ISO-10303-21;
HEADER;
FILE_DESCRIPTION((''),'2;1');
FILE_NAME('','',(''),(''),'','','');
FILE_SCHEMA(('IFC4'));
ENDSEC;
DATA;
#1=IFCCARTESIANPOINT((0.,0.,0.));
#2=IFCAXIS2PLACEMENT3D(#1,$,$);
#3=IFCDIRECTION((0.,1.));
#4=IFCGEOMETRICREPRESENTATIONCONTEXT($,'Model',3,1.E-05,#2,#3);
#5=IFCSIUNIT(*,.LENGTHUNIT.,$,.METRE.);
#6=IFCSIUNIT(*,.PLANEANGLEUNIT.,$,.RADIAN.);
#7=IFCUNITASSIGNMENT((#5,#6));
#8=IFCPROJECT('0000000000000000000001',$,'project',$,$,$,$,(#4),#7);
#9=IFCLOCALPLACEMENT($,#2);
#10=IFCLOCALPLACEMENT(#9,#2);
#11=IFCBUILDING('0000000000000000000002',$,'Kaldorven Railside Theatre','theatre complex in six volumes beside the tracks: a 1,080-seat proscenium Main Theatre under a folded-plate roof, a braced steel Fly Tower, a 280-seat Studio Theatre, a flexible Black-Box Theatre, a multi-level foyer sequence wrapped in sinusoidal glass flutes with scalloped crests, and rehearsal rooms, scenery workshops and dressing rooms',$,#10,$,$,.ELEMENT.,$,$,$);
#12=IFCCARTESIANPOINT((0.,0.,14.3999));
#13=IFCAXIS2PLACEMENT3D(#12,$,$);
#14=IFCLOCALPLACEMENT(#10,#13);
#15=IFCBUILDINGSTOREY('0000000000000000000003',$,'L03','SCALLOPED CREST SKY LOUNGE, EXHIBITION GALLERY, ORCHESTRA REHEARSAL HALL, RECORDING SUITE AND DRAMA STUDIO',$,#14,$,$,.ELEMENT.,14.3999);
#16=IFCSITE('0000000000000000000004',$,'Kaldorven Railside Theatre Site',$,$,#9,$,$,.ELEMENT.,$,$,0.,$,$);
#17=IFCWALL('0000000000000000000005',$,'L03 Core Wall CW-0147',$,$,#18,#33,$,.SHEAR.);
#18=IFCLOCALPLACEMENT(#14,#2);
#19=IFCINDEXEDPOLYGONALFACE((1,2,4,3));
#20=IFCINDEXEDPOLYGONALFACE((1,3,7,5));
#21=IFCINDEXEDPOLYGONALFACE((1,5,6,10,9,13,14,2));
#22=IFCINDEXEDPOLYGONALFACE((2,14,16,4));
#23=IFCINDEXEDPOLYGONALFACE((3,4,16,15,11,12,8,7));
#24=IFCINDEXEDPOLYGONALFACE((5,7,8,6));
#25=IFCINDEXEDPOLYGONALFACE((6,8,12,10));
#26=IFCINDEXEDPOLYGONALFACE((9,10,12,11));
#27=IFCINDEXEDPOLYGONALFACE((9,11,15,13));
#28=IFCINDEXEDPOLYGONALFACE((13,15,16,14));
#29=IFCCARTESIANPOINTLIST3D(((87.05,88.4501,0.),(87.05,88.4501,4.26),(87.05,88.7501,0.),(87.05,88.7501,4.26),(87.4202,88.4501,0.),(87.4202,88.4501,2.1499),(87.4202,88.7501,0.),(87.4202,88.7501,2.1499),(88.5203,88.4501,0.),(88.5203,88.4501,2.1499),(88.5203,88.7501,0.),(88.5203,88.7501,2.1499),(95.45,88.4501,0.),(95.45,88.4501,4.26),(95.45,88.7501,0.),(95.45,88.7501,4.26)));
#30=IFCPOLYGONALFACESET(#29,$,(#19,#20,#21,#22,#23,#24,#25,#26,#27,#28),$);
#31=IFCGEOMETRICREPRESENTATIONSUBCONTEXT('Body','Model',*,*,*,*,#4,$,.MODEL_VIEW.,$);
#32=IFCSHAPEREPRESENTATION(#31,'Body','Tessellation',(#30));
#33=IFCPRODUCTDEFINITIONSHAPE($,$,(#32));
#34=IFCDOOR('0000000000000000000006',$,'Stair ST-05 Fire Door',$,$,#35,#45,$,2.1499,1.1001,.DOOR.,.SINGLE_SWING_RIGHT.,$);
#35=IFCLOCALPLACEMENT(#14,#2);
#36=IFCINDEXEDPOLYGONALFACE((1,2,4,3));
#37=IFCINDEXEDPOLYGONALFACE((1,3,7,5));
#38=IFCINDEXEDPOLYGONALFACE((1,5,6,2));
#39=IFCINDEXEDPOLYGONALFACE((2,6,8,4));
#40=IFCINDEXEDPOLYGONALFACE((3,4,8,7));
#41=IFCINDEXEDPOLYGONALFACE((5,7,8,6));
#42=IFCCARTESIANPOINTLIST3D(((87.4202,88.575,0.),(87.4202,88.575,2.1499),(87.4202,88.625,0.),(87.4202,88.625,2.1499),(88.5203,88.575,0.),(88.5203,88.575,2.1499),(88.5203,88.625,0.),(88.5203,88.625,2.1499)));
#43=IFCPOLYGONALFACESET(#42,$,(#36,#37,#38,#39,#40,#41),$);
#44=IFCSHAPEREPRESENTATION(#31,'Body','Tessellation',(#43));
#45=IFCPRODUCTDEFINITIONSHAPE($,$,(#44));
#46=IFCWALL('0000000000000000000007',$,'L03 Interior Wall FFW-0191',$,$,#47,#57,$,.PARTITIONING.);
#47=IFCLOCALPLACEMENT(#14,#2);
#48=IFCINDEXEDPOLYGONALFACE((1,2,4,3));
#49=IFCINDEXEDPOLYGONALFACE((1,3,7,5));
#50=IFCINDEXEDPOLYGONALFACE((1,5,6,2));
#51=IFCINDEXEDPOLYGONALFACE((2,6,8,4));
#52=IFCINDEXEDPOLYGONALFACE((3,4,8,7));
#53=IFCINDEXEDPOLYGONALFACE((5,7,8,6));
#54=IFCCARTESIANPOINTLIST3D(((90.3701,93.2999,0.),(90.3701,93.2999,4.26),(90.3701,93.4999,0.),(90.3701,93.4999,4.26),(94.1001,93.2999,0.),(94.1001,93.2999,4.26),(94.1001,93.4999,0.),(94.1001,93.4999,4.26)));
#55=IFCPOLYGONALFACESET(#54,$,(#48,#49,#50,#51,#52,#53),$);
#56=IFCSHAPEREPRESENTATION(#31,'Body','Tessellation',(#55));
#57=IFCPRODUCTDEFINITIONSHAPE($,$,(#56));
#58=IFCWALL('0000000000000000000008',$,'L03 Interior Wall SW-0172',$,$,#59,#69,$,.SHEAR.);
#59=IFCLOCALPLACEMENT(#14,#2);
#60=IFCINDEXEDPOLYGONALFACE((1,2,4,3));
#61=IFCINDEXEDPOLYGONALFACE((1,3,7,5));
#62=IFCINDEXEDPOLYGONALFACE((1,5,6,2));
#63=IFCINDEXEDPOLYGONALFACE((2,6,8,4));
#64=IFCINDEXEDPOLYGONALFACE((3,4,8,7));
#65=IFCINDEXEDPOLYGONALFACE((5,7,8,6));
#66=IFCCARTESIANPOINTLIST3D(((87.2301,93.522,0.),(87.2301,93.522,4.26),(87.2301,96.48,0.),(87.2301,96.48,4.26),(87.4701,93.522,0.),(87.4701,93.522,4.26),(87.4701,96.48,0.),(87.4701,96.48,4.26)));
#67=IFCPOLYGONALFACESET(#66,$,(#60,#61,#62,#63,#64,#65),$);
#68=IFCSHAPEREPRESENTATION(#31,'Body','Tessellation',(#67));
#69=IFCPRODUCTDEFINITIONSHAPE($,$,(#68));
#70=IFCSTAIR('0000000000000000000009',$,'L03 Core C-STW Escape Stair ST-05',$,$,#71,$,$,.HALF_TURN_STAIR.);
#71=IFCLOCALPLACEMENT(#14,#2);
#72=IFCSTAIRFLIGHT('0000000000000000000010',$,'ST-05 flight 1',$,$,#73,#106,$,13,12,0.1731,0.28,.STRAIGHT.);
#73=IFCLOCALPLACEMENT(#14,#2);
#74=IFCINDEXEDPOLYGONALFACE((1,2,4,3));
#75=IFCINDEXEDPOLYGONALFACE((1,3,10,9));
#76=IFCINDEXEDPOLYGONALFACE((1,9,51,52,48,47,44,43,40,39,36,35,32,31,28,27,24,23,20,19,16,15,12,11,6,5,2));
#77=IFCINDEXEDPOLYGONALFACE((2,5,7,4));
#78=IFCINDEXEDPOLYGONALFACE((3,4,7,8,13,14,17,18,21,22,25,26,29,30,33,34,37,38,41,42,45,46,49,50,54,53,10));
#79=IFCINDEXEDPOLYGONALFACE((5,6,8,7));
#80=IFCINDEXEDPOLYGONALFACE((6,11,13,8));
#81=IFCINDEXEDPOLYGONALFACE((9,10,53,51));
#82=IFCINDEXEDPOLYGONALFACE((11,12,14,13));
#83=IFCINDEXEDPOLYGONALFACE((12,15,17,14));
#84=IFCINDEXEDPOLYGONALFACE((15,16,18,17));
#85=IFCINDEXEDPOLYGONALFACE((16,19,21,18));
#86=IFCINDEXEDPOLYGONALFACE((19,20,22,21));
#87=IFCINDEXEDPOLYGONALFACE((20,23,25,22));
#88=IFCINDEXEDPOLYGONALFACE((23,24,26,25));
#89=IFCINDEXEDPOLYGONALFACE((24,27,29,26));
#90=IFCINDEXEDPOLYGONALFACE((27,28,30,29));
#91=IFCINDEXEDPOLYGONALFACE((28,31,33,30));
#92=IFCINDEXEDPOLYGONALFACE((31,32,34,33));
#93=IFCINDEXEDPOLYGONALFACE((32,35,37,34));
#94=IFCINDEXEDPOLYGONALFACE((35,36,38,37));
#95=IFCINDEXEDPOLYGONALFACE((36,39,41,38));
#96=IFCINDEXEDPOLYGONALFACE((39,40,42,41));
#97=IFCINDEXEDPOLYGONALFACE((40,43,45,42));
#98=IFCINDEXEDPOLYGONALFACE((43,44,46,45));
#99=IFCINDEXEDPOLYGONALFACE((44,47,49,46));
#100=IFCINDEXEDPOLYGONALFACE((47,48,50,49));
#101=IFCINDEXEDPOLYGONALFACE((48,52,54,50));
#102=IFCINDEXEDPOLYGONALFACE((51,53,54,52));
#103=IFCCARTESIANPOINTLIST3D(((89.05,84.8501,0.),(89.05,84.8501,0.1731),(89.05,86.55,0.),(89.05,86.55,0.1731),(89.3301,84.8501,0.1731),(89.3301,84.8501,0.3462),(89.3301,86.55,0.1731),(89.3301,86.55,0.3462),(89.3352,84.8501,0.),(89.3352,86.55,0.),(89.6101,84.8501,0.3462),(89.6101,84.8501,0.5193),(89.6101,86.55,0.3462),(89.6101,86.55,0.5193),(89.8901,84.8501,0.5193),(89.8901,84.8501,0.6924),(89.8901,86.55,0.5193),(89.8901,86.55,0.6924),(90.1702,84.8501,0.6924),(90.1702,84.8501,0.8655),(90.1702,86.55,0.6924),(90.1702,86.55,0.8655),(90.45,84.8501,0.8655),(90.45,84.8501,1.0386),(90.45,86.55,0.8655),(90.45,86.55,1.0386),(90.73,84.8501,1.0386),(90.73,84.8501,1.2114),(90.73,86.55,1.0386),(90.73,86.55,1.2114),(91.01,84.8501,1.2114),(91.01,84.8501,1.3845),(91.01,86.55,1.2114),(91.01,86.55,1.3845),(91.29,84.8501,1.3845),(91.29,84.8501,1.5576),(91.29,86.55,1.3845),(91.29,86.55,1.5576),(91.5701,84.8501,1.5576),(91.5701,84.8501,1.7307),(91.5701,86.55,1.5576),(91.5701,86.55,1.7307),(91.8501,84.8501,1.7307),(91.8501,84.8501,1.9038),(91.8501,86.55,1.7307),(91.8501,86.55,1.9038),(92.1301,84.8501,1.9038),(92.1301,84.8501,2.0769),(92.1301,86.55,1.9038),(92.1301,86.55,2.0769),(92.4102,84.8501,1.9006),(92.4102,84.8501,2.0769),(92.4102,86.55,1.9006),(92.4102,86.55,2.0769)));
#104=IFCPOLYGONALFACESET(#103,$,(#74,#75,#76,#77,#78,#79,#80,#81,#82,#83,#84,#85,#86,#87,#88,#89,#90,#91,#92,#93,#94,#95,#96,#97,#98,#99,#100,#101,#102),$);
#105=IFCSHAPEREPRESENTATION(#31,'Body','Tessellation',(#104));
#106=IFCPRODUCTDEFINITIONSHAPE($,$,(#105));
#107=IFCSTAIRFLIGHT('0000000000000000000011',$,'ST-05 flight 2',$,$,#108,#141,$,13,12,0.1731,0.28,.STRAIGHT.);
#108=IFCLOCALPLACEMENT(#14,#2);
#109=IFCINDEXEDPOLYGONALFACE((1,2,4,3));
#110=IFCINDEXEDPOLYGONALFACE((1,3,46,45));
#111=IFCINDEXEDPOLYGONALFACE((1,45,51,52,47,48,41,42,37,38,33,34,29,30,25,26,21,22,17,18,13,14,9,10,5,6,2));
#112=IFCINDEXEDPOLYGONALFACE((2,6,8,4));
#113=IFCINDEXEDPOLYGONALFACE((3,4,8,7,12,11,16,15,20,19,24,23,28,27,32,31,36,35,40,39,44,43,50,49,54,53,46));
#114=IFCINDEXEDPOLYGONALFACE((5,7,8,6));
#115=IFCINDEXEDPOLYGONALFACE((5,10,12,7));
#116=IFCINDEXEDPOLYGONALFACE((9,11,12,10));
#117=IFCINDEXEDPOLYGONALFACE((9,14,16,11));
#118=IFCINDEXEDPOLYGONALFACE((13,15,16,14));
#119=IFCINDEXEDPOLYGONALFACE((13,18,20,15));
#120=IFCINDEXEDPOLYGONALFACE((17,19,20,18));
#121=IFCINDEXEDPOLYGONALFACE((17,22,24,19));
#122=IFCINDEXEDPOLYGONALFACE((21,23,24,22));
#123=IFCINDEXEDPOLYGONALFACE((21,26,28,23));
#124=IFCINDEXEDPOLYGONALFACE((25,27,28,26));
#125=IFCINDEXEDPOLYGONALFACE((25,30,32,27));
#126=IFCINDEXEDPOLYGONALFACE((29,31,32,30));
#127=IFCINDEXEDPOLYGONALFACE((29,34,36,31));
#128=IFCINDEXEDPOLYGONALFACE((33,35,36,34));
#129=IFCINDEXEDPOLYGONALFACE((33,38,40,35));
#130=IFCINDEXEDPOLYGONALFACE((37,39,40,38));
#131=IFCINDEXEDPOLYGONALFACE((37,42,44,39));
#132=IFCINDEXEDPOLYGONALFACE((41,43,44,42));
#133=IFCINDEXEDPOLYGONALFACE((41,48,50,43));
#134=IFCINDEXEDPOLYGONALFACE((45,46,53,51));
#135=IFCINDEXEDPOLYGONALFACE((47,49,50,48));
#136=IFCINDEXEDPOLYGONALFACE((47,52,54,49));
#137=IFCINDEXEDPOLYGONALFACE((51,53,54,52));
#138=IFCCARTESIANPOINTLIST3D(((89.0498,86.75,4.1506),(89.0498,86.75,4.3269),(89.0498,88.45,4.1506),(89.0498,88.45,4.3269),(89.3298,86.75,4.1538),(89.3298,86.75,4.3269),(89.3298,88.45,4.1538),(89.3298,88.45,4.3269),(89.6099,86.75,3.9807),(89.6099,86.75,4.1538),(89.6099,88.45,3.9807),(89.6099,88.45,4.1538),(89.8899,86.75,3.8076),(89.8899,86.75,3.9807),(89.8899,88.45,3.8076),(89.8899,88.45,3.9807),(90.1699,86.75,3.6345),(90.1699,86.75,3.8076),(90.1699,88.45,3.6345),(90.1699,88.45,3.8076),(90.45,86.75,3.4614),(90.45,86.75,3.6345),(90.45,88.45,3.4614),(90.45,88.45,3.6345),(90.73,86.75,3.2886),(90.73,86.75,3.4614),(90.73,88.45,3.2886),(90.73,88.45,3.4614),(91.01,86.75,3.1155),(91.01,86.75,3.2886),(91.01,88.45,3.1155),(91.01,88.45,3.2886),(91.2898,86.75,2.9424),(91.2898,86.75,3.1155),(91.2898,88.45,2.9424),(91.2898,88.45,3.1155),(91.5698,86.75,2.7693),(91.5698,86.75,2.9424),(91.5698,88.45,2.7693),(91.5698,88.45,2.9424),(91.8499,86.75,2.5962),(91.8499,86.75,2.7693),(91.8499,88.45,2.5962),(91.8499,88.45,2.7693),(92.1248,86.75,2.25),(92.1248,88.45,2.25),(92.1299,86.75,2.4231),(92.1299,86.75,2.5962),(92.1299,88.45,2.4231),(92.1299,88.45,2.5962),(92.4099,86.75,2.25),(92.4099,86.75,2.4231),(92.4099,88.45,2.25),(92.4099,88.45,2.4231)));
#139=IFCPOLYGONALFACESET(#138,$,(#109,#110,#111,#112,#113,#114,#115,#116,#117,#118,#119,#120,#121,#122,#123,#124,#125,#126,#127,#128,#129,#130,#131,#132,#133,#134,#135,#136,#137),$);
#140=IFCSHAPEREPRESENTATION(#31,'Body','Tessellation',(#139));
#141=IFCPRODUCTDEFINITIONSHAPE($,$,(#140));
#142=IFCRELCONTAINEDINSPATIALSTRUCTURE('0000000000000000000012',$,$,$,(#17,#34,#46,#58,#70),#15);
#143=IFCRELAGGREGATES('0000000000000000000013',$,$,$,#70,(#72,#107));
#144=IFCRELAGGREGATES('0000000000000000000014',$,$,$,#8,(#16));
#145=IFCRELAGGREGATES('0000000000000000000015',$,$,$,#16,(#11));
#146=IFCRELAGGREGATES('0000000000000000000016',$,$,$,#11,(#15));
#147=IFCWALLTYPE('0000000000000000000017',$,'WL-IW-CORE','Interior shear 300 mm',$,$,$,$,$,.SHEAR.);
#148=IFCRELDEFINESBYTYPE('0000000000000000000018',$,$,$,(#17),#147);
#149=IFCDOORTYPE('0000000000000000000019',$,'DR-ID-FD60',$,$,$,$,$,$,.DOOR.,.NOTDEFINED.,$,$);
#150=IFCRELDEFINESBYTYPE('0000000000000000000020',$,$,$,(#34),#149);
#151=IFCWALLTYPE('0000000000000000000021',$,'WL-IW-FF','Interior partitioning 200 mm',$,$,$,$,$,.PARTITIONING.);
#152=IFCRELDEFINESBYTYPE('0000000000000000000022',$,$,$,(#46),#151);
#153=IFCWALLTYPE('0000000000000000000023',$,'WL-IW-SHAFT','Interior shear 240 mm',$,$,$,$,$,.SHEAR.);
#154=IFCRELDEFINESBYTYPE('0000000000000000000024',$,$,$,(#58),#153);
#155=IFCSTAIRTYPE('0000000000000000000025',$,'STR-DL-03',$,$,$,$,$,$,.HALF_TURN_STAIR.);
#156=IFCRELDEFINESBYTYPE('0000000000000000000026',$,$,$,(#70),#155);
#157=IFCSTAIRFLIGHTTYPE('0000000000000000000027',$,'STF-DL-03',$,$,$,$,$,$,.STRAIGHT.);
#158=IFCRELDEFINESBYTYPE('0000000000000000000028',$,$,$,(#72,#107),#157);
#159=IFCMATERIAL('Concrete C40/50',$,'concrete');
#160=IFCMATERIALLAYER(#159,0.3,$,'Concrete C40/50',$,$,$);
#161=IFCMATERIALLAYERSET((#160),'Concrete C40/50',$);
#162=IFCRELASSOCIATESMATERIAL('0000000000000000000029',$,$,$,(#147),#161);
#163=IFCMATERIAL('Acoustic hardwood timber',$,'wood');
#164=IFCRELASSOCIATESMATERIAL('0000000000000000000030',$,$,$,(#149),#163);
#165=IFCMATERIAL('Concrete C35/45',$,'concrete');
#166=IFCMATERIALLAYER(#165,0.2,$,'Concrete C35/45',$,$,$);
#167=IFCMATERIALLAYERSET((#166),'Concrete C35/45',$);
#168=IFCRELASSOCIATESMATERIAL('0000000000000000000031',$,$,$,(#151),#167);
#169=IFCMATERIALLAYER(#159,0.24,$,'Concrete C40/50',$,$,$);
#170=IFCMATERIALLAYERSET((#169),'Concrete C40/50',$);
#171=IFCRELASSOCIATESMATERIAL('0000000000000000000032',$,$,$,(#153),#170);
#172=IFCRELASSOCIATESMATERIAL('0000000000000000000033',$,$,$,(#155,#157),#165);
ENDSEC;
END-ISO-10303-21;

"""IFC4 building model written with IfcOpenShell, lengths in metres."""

from ifc_helpers import new_model, si_unit, direction, frame, frame_2d, origin, place, context, subcontext, project, spatial, polyline, rectangle, outline, extrude, material, layer, layer_set, type_object, element, fill, aggregate, save


model = new_model("IFC4")

# Units and contexts
model_context = context("Model", 3, precision=1e-05, world=origin(), true_north=direction((0.0, 1.0)))
body_context = subcontext(model_context, "Body", "Model", "MODEL_VIEW")
ifc_project = project(units=[si_unit("LENGTHUNIT", "METRE"), si_unit("PLANEANGLEUNIT", "RADIAN")], contexts=[model_context])

# Site, building, storey
site_placement = place(None, origin())
site = spatial("IfcSite", under=ifc_project, at=site_placement, Name="Kaldorven Railside Theatre Site", CompositionType="ELEMENT", RefElevation=0.0)
building_placement = place(site_placement, origin())
building = spatial("IfcBuilding", under=site, at=building_placement, Name="Kaldorven Railside Theatre", Description="theatre complex in six volumes beside the tracks: a 1,080-seat proscenium Main Theatre under a folded-plate roof, a braced steel Fly Tower, a 280-seat Studio Theatre, a flexible Black-Box Theatre, a multi-level foyer sequence wrapped in sinusoidal glass flutes with scalloped crests, and rehearsal rooms, scenery workshops and dressing rooms", CompositionType="ELEMENT")
storey_placement = place(building_placement, frame((0.0, 0.0, 14.3999)))
storey = spatial("IfcBuildingStorey", under=building, at=storey_placement, Name="L03", Description="SCALLOPED CREST SKY LOUNGE, EXHIBITION GALLERY, ORCHESTRA REHEARSAL HALL, RECORDING SUITE AND DRAMA STUDIO", CompositionType="ELEMENT", Elevation=14.3999)

# Shared definitions
ifc_material_1 = material(Name="Concrete C40/50", Category="concrete")
ifc_layer_1 = layer(ifc_material_1, 0.3, Name="Concrete C40/50")
ifc_layer_set_1 = layer_set([ifc_layer_1], Name="Concrete C40/50")
wall_type_1 = type_object("IfcWallType", Name="WL-IW-CORE", Description="Interior shear 300 mm", PredefinedType="SHEAR", material=ifc_layer_set_1)

# Wall, opening, door
wall_1_placement = place(storey_placement, frame((87.05, 88.6001, 0.0), z_axis=(0.0, 0.0, 1.0), x_axis=(1.0, 0.0, 0.0)))
wall_1 = element("IfcWall", 1, at=wall_1_placement, inside=storey, type_object=wall_type_1, Name="L03 Core Wall CW-0147", PredefinedType="SHEAR", context=body_context, shape_type="SweptSolid", body=[
    extrude(rectangle(XDim=8.3999, YDim=0.3, at=frame_2d((4.2, 0.0))), origin(), (0.0, 0.0, 1.0), 4.26),
])
opening_1_placement = place(wall_1_placement, frame((0.3701, 0.0, 0.0)))
opening_1 = element("IfcOpeningElement", 2, at=opening_1_placement, cuts=wall_1, PredefinedType="OPENING", context=body_context, shape_type="SweptSolid", body=[
    extrude(rectangle(XDim=1.1001, YDim=2.1499, at=frame_2d((0.55, 1.075))), frame((0.0, 0.1602, 0.0), z_axis=(0.0, -1.0, 0.0), x_axis=(1.0, 0.0, 0.0)), (0.0, 0.0, 1.0), 0.3201),
])
ifc_material_2 = material(Name="Acoustic hardwood timber", Category="wood")
door_type_1 = type_object("IfcDoorType", Name="DR-ID-FD60", OperationType="NOTDEFINED", PredefinedType="DOOR", material=ifc_material_2)
door_1_placement = place(opening_1_placement, origin())
door_1 = element("IfcDoor", 3, at=door_1_placement, inside=storey, type_object=door_type_1, Name="Stair ST-05 Fire Door", OperationType="SINGLE_SWING_RIGHT", OverallHeight=2.1499, OverallWidth=1.1001, PredefinedType="DOOR", context=body_context, shape_type="SweptSolid", body=[
    extrude(rectangle(XDim=1.1001, YDim=2.1499, at=frame_2d((0.55, 1.075))), frame((0.0, 0.0249, 0.0), z_axis=(0.0, -1.0, 0.0), x_axis=(1.0, 0.0, 0.0)), (0.0, 0.0, 1.0), 0.05),
])
fill(opening_1, door_1)

# Wall
ifc_material_3 = material(Name="Concrete C35/45", Category="concrete")
ifc_layer_2 = layer(ifc_material_3, 0.2, Name="Concrete C35/45")
ifc_layer_set_2 = layer_set([ifc_layer_2], Name="Concrete C35/45")
wall_type_2 = type_object("IfcWallType", Name="WL-IW-FF", Description="Interior partitioning 200 mm", PredefinedType="PARTITIONING", material=ifc_layer_set_2)
wall_2_placement = place(storey_placement, frame((90.3701, 93.3999, 0.0), z_axis=(0.0, 0.0, 1.0), x_axis=(1.0, 0.0, 0.0)))
element("IfcWall", 4, at=wall_2_placement, inside=storey, type_object=wall_type_2, Name="L03 Interior Wall FFW-0191", PredefinedType="PARTITIONING", context=body_context, shape_type="SweptSolid", body=[
    extrude(rectangle(XDim=3.73, YDim=0.2, at=frame_2d((1.865, 0.0))), origin(), (0.0, 0.0, 1.0), 4.26),
])

# Shared definitions
ifc_layer_3 = layer(ifc_material_1, 0.24, Name="Concrete C40/50")
ifc_layer_set_3 = layer_set([ifc_layer_3], Name="Concrete C40/50")
wall_type_3 = type_object("IfcWallType", Name="WL-IW-SHAFT", Description="Interior shear 240 mm", PredefinedType="SHEAR", material=ifc_layer_set_3)

# Wall
wall_3_placement = place(storey_placement, frame((87.3501, 93.522, 0.0), z_axis=(0.0, 0.0, 1.0), x_axis=(0.0, 1.0, 0.0)))
element("IfcWall", 5, at=wall_3_placement, inside=storey, type_object=wall_type_3, Name="L03 Interior Wall SW-0172", PredefinedType="SHEAR", context=body_context, shape_type="SweptSolid", body=[
    extrude(rectangle(XDim=2.958, YDim=0.24, at=frame_2d((1.479, 0.0))), origin(), (0.0, 0.0, 1.0), 4.26),
])

# Stair, stair flights
stair_type = type_object("IfcStairType", Name="STR-DL-03", PredefinedType="HALF_TURN_STAIR", material=ifc_material_3)
stair_placement = place(storey_placement, origin())
stair = element("IfcStair", 6, at=stair_placement, inside=storey, type_object=stair_type, Name="L03 Core C-STW Escape Stair ST-05", PredefinedType="HALF_TURN_STAIR")
stair_flight_type = type_object("IfcStairFlightType", Name="STF-DL-03", PredefinedType="STRAIGHT", material=ifc_material_3)
stair_flight_1_placement = place(storey_placement, frame((89.05, 85.7, 0.0), z_axis=(0.0, 0.0, 1.0), x_axis=(1.0, 0.0, 0.0)))
stair_flight_1 = element("IfcStairFlight", 7, at=stair_flight_1_placement, type_object=stair_flight_type, Name="ST-05 flight 1", NumberOfRisers=13, NumberOfTreads=12, PredefinedType="STRAIGHT", RiserHeight=0.1731, TreadLength=0.28, context=body_context, shape_type="SweptSolid", body=[
    extrude(outline(polyline([(0.0, 0.0), (0.0, 0.1731), (0.28, 0.1731), (0.28, 0.3462), (0.5601, 0.3462), (0.5601, 0.5193), (0.8401, 0.5193), (0.8401, 0.6924), (1.1201, 0.6924), (1.1201, 0.8655), (1.3999, 0.8655), (1.3999, 1.0386), (1.6799, 1.0386), (1.6799, 1.2114), (1.96, 1.2114), (1.96, 1.3845), (2.24, 1.3845), (2.24, 1.5576), (2.52, 1.5576), (2.52, 1.7307), (2.8, 1.7307), (2.8, 1.9038), (3.0801, 1.9038), (3.0801, 2.0769), (3.3601, 2.0769), (3.3601, 2.25), (3.3601, 1.9006), (0.2852, 0.0), (0.0, 0.0)])), frame((0.0, 0.8501, 0.0), z_axis=(0.0, -1.0, 0.0), x_axis=(1.0, 0.0, 0.0)), (0.0, 0.0, 1.0), 1.7),
])
stair_flight_2_placement = place(storey_placement, frame((92.4099, 87.6001, 2.25), z_axis=(0.0, 0.0, 1.0), x_axis=(-1.0, 0.0, 0.0)))
stair_flight_2 = element("IfcStairFlight", 8, at=stair_flight_2_placement, type_object=stair_flight_type, Name="ST-05 flight 2", NumberOfRisers=13, NumberOfTreads=12, PredefinedType="STRAIGHT", RiserHeight=0.1731, TreadLength=0.28, context=body_context, shape_type="SweptSolid", body=[
    extrude(outline(polyline([(0.0, 0.0), (0.0, 0.1731), (0.28, 0.1731), (0.28, 0.3462), (0.5601, 0.3462), (0.5601, 0.5193), (0.8401, 0.5193), (0.8401, 0.6924), (1.1201, 0.6924), (1.1201, 0.8655), (1.3999, 0.8655), (1.3999, 1.0386), (1.6799, 1.0386), (1.6799, 1.2114), (1.96, 1.2114), (1.96, 1.3845), (2.24, 1.3845), (2.24, 1.5576), (2.52, 1.5576), (2.52, 1.7307), (2.8, 1.7307), (2.8, 1.9038), (3.0801, 1.9038), (3.0801, 2.0769), (3.3601, 2.0769), (3.3601, 2.25), (3.3601, 1.9006), (0.2852, 0.0), (0.0, 0.0)])), frame((0.0, 0.8501, 0.0), z_axis=(0.0, -1.0, 0.0), x_axis=(1.0, 0.0, 0.0)), (0.0, 0.0, 1.0), 1.7),
])
aggregate(stair, [stair_flight_1, stair_flight_2])

save(model, "model.ifc")
